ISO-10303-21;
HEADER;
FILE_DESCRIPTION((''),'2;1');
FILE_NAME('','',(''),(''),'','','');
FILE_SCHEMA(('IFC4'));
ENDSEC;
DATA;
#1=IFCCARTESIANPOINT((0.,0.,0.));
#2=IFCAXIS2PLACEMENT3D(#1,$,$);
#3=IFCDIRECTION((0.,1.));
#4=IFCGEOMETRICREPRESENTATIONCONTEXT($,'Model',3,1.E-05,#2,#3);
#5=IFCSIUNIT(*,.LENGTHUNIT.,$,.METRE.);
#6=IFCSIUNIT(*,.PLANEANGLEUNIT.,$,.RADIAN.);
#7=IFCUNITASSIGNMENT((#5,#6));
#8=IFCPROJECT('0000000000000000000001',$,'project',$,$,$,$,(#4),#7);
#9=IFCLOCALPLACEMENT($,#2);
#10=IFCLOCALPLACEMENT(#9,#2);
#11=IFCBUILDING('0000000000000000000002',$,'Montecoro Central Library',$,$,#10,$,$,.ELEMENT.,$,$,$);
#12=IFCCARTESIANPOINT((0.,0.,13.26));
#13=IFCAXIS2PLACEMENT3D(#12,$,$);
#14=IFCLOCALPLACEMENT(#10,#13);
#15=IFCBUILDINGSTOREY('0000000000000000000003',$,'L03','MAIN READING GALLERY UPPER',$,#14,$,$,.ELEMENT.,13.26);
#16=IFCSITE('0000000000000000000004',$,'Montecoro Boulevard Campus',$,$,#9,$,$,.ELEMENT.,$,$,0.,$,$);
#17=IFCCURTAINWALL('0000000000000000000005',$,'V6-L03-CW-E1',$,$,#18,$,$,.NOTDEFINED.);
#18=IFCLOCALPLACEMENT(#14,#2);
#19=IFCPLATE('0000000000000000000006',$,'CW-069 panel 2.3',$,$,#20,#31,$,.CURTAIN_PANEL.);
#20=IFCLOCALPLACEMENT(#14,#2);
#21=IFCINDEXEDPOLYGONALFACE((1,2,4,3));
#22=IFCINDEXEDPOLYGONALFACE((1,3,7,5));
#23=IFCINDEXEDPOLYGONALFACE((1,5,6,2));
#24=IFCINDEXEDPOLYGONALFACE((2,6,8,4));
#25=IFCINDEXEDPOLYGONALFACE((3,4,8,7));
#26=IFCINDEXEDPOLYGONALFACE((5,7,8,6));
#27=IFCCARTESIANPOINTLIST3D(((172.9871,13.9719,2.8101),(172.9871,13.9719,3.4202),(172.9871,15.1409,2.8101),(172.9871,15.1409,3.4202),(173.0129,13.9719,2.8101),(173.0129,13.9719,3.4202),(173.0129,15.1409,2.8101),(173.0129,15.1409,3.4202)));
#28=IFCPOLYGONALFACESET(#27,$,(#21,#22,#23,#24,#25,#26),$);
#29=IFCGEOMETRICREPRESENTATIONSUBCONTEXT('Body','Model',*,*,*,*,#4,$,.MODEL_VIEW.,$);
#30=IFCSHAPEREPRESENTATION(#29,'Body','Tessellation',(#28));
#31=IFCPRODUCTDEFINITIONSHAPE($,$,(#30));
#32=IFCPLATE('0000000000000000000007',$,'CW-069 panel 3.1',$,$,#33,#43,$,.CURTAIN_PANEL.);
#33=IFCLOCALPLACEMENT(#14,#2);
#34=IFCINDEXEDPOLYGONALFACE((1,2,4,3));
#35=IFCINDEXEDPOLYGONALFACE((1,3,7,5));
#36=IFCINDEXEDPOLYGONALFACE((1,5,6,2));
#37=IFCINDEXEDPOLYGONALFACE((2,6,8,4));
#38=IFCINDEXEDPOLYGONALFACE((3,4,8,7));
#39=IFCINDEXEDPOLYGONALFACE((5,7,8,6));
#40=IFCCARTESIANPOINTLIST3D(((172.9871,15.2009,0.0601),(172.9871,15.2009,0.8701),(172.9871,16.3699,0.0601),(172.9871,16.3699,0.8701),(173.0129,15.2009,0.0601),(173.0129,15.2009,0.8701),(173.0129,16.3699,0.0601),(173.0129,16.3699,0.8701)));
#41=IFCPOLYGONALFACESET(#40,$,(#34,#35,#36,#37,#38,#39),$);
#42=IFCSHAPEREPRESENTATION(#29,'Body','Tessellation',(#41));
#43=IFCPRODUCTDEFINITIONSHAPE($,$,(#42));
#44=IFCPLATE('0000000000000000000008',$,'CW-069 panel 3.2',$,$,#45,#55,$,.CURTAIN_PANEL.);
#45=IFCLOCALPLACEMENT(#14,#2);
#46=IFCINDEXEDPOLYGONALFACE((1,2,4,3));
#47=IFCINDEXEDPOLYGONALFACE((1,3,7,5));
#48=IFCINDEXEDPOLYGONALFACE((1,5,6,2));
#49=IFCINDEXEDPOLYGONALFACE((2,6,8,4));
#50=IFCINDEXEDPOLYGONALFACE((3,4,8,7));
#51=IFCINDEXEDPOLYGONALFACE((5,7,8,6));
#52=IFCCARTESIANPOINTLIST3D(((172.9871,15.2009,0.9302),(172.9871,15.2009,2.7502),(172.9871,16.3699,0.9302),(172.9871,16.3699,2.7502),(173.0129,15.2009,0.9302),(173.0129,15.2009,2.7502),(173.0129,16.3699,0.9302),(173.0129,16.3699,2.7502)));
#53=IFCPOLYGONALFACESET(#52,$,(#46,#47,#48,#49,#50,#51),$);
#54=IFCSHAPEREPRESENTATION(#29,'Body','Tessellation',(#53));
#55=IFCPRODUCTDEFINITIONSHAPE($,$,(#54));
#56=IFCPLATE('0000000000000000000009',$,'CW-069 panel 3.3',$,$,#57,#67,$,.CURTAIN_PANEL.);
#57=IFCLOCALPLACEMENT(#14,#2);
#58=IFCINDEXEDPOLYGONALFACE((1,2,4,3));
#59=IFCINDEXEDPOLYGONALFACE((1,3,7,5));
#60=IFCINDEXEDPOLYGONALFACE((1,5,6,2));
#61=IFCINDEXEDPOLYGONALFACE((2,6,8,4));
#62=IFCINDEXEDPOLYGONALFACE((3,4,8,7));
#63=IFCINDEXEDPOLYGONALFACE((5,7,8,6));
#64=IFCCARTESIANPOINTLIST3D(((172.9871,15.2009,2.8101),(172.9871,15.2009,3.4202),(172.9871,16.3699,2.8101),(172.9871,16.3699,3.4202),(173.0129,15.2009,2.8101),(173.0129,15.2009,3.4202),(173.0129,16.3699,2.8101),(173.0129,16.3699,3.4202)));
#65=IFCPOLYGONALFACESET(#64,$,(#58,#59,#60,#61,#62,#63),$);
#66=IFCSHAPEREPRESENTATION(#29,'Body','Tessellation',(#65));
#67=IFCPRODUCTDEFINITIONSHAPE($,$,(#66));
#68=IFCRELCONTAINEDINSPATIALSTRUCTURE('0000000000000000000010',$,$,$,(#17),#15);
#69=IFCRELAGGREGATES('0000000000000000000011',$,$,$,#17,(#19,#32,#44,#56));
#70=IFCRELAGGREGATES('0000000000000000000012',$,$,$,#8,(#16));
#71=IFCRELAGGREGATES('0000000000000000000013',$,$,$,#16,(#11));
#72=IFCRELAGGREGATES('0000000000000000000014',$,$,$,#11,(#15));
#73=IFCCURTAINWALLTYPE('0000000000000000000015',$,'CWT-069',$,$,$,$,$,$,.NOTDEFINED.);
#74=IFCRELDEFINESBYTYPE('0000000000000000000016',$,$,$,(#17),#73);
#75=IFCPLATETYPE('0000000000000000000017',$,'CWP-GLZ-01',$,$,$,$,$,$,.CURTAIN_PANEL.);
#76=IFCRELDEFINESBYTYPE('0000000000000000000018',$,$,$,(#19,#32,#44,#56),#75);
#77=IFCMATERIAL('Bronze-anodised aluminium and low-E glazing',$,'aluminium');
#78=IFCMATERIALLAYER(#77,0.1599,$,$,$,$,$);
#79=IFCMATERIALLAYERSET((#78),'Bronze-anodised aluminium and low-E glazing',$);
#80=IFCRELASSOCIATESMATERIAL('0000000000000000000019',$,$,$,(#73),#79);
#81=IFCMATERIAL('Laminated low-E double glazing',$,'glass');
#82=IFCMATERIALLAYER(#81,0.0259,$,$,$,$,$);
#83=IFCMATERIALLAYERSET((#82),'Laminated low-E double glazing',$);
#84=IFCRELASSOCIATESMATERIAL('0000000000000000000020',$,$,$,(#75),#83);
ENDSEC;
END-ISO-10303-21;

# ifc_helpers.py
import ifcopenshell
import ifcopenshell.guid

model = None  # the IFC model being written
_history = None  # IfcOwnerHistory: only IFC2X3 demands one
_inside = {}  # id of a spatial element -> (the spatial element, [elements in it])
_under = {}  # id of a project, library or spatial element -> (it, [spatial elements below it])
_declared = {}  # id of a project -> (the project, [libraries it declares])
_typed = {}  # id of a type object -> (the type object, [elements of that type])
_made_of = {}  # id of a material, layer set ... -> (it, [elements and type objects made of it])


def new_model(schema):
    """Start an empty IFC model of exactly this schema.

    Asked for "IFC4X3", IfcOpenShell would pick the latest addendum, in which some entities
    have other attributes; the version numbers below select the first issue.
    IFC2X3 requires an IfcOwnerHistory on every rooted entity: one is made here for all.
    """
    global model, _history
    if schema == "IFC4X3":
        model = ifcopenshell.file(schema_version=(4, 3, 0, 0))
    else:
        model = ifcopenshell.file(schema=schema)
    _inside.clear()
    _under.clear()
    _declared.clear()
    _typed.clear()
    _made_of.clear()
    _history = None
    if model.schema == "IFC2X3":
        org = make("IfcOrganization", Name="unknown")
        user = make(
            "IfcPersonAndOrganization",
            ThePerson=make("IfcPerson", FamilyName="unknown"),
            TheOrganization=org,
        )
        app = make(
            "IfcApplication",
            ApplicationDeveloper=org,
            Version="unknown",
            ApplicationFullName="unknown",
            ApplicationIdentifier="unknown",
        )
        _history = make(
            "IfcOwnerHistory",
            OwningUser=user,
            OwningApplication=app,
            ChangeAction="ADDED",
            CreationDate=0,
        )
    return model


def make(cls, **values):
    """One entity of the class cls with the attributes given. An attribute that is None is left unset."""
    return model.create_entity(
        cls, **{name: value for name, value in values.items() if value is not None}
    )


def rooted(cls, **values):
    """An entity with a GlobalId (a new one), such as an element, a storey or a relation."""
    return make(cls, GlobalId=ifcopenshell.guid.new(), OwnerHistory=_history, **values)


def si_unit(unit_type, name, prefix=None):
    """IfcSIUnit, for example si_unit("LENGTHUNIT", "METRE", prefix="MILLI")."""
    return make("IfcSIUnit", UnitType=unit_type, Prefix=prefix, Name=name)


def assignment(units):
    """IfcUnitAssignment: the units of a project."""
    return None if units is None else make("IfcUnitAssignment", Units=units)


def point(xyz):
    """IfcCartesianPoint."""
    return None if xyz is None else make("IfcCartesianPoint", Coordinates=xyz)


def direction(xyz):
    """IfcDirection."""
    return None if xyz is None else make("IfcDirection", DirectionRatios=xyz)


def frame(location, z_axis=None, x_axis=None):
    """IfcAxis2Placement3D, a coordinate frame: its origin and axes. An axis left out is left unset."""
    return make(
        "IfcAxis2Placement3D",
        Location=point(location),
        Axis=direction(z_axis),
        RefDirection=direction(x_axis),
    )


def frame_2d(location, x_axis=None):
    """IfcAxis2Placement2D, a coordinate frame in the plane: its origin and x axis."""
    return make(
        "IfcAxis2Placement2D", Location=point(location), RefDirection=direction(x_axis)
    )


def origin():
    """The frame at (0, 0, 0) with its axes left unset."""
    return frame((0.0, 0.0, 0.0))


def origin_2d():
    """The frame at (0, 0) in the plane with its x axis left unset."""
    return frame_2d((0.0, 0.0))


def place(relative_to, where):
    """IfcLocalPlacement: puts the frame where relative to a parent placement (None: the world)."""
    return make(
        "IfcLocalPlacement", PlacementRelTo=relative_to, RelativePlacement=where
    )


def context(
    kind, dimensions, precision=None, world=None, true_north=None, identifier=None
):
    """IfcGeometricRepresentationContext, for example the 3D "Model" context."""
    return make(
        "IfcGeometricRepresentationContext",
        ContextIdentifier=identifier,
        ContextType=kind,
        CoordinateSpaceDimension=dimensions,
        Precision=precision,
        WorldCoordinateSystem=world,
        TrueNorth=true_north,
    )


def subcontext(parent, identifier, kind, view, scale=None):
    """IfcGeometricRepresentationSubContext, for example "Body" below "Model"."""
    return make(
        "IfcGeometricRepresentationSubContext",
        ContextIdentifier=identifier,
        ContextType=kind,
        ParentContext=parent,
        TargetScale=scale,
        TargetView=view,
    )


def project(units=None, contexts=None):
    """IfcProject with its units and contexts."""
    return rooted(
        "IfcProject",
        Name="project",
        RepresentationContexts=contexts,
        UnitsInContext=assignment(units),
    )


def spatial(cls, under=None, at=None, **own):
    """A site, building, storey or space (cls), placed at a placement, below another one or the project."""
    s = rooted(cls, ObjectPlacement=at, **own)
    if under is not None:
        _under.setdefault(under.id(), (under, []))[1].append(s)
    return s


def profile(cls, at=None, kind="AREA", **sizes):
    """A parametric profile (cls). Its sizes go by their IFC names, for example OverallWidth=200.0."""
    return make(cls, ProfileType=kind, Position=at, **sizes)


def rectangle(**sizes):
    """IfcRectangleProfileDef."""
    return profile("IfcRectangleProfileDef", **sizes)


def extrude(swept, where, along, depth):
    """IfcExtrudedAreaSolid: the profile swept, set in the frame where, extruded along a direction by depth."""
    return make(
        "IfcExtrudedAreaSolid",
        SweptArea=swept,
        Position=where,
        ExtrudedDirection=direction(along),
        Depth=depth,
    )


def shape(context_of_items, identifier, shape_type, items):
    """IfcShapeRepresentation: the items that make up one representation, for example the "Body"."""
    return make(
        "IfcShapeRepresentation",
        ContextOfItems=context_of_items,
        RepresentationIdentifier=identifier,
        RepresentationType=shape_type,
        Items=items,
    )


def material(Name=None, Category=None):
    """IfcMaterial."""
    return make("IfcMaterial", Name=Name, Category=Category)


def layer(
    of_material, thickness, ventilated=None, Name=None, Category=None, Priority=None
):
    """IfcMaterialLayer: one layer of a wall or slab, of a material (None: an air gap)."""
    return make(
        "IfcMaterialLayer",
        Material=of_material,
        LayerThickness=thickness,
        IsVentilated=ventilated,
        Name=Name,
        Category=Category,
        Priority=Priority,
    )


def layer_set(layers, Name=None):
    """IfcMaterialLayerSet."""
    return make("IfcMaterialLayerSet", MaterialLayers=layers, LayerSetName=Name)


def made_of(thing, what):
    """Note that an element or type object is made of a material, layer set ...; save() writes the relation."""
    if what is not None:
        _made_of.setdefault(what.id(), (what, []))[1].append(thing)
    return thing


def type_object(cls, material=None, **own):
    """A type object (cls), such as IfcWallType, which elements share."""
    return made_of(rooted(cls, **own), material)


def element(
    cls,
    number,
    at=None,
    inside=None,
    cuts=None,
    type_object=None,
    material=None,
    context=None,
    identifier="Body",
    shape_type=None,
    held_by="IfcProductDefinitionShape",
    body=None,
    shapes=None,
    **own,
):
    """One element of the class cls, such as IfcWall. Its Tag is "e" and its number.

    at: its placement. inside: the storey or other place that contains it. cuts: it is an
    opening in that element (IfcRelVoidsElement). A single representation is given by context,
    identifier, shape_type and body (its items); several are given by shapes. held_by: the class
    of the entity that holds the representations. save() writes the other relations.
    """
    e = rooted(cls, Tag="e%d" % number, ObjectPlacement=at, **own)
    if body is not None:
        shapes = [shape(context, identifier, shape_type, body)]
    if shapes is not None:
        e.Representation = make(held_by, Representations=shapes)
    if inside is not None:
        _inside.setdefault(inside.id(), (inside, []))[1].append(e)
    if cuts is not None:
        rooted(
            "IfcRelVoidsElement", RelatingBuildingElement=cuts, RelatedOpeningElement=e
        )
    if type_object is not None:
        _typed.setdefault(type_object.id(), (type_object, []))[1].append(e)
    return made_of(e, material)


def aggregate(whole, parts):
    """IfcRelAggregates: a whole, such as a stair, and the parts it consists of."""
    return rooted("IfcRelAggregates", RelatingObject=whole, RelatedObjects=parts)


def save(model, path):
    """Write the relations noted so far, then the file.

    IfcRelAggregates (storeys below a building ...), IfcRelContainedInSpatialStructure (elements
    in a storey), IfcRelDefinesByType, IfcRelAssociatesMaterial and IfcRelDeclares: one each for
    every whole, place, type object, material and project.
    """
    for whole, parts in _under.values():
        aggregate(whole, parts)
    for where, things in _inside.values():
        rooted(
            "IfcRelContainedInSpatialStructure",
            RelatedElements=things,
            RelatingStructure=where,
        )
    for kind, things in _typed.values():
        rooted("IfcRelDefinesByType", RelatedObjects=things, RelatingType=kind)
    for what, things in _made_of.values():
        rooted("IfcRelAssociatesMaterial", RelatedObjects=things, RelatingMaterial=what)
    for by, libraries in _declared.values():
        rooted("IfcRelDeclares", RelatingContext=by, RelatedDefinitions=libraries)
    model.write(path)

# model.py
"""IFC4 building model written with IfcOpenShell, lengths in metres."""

from ifc_helpers import new_model, si_unit, direction, frame, origin, origin_2d, place, context, subcontext, project, spatial, rectangle, extrude, material, layer, layer_set, type_object, element, aggregate, save


model = new_model("IFC4")

# Units and contexts
model_context = context("Model", 3, precision=1e-05, world=origin(), true_north=direction((0.0, 1.0)))
body_context = subcontext(model_context, "Body", "Model", "MODEL_VIEW")
ifc_project = project(units=[si_unit("LENGTHUNIT", "METRE"), si_unit("PLANEANGLEUNIT", "RADIAN")], contexts=[model_context])

# Site, building, storey
site_placement = place(None, origin())
site = spatial("IfcSite", under=ifc_project, at=site_placement, Name="Montecoro Boulevard Campus", CompositionType="ELEMENT", RefElevation=0.0)
building_placement = place(site_placement, origin())
building = spatial("IfcBuilding", under=site, at=building_placement, Name="Montecoro Central Library", CompositionType="ELEMENT")
storey_placement = place(building_placement, frame((0.0, 0.0, 13.26)))
storey = spatial("IfcBuildingStorey", under=building, at=storey_placement, Name="L03", Description="MAIN READING GALLERY UPPER", CompositionType="ELEMENT", Elevation=13.26)

# Curtain wall, plates
ifc_material_1 = material(Name="Bronze-anodised aluminium and low-E glazing", Category="aluminium")
ifc_layer_1 = layer(ifc_material_1, 0.1599)
ifc_layer_set_1 = layer_set([ifc_layer_1], Name="Bronze-anodised aluminium and low-E glazing")
curtain_wall_type = type_object("IfcCurtainWallType", Name="CWT-069", PredefinedType="NOTDEFINED", material=ifc_layer_set_1)
curtain_wall_placement = place(storey_placement, origin())
curtain_wall = element("IfcCurtainWall", 1, at=curtain_wall_placement, inside=storey, type_object=curtain_wall_type, Name="V6-L03-CW-E1", PredefinedType="NOTDEFINED")
ifc_material_2 = material(Name="Laminated low-E double glazing", Category="glass")
ifc_layer_2 = layer(ifc_material_2, 0.0259)
ifc_layer_set_2 = layer_set([ifc_layer_2], Name="Laminated low-E double glazing")
plate_type = type_object("IfcPlateType", Name="CWP-GLZ-01", PredefinedType="CURTAIN_PANEL", material=ifc_layer_set_2)
plate_1_placement = place(storey_placement, frame((173.0, 14.5564, 2.8101), z_axis=(0.0, 0.0, 1.0), x_axis=(0.0, 1.0, 0.0)))
plate_1 = element("IfcPlate", 2, at=plate_1_placement, type_object=plate_type, Name="CW-069 panel 2.3", PredefinedType="CURTAIN_PANEL", context=body_context, shape_type="SweptSolid", body=[
    extrude(rectangle(XDim=1.1689, YDim=0.0259, at=origin_2d()), origin(), (0.0, 0.0, 1.0), 0.6101),
])
plate_2_placement = place(storey_placement, frame((173.0, 15.7854, 0.0601), z_axis=(0.0, 0.0, 1.0), x_axis=(0.0, 1.0, 0.0)))
plate_2 = element("IfcPlate", 3, at=plate_2_placement, type_object=plate_type, Name="CW-069 panel 3.1", PredefinedType="CURTAIN_PANEL", context=body_context, shape_type="SweptSolid", body=[
    extrude(rectangle(XDim=1.1689, YDim=0.0259, at=origin_2d()), origin(), (0.0, 0.0, 1.0), 0.8101),
])
plate_3_placement = place(storey_placement, frame((173.0, 15.7854, 0.9302), z_axis=(0.0, 0.0, 1.0), x_axis=(0.0, 1.0, 0.0)))
plate_3 = element("IfcPlate", 4, at=plate_3_placement, type_object=plate_type, Name="CW-069 panel 3.2", PredefinedType="CURTAIN_PANEL", context=body_context, shape_type="SweptSolid", body=[
    extrude(rectangle(XDim=1.1689, YDim=0.0259, at=origin_2d()), origin(), (0.0, 0.0, 1.0), 1.8201),
])
plate_4_placement = place(storey_placement, frame((173.0, 15.7854, 2.8101), z_axis=(0.0, 0.0, 1.0), x_axis=(0.0, 1.0, 0.0)))
plate_4 = element("IfcPlate", 5, at=plate_4_placement, type_object=plate_type, Name="CW-069 panel 3.3", PredefinedType="CURTAIN_PANEL", context=body_context, shape_type="SweptSolid", body=[
    extrude(rectangle(XDim=1.1689, YDim=0.0259, at=origin_2d()), origin(), (0.0, 0.0, 1.0), 0.6101),
])
aggregate(curtain_wall, [plate_1, plate_2, plate_3, plate_4])

save(model, "model.ifc")
